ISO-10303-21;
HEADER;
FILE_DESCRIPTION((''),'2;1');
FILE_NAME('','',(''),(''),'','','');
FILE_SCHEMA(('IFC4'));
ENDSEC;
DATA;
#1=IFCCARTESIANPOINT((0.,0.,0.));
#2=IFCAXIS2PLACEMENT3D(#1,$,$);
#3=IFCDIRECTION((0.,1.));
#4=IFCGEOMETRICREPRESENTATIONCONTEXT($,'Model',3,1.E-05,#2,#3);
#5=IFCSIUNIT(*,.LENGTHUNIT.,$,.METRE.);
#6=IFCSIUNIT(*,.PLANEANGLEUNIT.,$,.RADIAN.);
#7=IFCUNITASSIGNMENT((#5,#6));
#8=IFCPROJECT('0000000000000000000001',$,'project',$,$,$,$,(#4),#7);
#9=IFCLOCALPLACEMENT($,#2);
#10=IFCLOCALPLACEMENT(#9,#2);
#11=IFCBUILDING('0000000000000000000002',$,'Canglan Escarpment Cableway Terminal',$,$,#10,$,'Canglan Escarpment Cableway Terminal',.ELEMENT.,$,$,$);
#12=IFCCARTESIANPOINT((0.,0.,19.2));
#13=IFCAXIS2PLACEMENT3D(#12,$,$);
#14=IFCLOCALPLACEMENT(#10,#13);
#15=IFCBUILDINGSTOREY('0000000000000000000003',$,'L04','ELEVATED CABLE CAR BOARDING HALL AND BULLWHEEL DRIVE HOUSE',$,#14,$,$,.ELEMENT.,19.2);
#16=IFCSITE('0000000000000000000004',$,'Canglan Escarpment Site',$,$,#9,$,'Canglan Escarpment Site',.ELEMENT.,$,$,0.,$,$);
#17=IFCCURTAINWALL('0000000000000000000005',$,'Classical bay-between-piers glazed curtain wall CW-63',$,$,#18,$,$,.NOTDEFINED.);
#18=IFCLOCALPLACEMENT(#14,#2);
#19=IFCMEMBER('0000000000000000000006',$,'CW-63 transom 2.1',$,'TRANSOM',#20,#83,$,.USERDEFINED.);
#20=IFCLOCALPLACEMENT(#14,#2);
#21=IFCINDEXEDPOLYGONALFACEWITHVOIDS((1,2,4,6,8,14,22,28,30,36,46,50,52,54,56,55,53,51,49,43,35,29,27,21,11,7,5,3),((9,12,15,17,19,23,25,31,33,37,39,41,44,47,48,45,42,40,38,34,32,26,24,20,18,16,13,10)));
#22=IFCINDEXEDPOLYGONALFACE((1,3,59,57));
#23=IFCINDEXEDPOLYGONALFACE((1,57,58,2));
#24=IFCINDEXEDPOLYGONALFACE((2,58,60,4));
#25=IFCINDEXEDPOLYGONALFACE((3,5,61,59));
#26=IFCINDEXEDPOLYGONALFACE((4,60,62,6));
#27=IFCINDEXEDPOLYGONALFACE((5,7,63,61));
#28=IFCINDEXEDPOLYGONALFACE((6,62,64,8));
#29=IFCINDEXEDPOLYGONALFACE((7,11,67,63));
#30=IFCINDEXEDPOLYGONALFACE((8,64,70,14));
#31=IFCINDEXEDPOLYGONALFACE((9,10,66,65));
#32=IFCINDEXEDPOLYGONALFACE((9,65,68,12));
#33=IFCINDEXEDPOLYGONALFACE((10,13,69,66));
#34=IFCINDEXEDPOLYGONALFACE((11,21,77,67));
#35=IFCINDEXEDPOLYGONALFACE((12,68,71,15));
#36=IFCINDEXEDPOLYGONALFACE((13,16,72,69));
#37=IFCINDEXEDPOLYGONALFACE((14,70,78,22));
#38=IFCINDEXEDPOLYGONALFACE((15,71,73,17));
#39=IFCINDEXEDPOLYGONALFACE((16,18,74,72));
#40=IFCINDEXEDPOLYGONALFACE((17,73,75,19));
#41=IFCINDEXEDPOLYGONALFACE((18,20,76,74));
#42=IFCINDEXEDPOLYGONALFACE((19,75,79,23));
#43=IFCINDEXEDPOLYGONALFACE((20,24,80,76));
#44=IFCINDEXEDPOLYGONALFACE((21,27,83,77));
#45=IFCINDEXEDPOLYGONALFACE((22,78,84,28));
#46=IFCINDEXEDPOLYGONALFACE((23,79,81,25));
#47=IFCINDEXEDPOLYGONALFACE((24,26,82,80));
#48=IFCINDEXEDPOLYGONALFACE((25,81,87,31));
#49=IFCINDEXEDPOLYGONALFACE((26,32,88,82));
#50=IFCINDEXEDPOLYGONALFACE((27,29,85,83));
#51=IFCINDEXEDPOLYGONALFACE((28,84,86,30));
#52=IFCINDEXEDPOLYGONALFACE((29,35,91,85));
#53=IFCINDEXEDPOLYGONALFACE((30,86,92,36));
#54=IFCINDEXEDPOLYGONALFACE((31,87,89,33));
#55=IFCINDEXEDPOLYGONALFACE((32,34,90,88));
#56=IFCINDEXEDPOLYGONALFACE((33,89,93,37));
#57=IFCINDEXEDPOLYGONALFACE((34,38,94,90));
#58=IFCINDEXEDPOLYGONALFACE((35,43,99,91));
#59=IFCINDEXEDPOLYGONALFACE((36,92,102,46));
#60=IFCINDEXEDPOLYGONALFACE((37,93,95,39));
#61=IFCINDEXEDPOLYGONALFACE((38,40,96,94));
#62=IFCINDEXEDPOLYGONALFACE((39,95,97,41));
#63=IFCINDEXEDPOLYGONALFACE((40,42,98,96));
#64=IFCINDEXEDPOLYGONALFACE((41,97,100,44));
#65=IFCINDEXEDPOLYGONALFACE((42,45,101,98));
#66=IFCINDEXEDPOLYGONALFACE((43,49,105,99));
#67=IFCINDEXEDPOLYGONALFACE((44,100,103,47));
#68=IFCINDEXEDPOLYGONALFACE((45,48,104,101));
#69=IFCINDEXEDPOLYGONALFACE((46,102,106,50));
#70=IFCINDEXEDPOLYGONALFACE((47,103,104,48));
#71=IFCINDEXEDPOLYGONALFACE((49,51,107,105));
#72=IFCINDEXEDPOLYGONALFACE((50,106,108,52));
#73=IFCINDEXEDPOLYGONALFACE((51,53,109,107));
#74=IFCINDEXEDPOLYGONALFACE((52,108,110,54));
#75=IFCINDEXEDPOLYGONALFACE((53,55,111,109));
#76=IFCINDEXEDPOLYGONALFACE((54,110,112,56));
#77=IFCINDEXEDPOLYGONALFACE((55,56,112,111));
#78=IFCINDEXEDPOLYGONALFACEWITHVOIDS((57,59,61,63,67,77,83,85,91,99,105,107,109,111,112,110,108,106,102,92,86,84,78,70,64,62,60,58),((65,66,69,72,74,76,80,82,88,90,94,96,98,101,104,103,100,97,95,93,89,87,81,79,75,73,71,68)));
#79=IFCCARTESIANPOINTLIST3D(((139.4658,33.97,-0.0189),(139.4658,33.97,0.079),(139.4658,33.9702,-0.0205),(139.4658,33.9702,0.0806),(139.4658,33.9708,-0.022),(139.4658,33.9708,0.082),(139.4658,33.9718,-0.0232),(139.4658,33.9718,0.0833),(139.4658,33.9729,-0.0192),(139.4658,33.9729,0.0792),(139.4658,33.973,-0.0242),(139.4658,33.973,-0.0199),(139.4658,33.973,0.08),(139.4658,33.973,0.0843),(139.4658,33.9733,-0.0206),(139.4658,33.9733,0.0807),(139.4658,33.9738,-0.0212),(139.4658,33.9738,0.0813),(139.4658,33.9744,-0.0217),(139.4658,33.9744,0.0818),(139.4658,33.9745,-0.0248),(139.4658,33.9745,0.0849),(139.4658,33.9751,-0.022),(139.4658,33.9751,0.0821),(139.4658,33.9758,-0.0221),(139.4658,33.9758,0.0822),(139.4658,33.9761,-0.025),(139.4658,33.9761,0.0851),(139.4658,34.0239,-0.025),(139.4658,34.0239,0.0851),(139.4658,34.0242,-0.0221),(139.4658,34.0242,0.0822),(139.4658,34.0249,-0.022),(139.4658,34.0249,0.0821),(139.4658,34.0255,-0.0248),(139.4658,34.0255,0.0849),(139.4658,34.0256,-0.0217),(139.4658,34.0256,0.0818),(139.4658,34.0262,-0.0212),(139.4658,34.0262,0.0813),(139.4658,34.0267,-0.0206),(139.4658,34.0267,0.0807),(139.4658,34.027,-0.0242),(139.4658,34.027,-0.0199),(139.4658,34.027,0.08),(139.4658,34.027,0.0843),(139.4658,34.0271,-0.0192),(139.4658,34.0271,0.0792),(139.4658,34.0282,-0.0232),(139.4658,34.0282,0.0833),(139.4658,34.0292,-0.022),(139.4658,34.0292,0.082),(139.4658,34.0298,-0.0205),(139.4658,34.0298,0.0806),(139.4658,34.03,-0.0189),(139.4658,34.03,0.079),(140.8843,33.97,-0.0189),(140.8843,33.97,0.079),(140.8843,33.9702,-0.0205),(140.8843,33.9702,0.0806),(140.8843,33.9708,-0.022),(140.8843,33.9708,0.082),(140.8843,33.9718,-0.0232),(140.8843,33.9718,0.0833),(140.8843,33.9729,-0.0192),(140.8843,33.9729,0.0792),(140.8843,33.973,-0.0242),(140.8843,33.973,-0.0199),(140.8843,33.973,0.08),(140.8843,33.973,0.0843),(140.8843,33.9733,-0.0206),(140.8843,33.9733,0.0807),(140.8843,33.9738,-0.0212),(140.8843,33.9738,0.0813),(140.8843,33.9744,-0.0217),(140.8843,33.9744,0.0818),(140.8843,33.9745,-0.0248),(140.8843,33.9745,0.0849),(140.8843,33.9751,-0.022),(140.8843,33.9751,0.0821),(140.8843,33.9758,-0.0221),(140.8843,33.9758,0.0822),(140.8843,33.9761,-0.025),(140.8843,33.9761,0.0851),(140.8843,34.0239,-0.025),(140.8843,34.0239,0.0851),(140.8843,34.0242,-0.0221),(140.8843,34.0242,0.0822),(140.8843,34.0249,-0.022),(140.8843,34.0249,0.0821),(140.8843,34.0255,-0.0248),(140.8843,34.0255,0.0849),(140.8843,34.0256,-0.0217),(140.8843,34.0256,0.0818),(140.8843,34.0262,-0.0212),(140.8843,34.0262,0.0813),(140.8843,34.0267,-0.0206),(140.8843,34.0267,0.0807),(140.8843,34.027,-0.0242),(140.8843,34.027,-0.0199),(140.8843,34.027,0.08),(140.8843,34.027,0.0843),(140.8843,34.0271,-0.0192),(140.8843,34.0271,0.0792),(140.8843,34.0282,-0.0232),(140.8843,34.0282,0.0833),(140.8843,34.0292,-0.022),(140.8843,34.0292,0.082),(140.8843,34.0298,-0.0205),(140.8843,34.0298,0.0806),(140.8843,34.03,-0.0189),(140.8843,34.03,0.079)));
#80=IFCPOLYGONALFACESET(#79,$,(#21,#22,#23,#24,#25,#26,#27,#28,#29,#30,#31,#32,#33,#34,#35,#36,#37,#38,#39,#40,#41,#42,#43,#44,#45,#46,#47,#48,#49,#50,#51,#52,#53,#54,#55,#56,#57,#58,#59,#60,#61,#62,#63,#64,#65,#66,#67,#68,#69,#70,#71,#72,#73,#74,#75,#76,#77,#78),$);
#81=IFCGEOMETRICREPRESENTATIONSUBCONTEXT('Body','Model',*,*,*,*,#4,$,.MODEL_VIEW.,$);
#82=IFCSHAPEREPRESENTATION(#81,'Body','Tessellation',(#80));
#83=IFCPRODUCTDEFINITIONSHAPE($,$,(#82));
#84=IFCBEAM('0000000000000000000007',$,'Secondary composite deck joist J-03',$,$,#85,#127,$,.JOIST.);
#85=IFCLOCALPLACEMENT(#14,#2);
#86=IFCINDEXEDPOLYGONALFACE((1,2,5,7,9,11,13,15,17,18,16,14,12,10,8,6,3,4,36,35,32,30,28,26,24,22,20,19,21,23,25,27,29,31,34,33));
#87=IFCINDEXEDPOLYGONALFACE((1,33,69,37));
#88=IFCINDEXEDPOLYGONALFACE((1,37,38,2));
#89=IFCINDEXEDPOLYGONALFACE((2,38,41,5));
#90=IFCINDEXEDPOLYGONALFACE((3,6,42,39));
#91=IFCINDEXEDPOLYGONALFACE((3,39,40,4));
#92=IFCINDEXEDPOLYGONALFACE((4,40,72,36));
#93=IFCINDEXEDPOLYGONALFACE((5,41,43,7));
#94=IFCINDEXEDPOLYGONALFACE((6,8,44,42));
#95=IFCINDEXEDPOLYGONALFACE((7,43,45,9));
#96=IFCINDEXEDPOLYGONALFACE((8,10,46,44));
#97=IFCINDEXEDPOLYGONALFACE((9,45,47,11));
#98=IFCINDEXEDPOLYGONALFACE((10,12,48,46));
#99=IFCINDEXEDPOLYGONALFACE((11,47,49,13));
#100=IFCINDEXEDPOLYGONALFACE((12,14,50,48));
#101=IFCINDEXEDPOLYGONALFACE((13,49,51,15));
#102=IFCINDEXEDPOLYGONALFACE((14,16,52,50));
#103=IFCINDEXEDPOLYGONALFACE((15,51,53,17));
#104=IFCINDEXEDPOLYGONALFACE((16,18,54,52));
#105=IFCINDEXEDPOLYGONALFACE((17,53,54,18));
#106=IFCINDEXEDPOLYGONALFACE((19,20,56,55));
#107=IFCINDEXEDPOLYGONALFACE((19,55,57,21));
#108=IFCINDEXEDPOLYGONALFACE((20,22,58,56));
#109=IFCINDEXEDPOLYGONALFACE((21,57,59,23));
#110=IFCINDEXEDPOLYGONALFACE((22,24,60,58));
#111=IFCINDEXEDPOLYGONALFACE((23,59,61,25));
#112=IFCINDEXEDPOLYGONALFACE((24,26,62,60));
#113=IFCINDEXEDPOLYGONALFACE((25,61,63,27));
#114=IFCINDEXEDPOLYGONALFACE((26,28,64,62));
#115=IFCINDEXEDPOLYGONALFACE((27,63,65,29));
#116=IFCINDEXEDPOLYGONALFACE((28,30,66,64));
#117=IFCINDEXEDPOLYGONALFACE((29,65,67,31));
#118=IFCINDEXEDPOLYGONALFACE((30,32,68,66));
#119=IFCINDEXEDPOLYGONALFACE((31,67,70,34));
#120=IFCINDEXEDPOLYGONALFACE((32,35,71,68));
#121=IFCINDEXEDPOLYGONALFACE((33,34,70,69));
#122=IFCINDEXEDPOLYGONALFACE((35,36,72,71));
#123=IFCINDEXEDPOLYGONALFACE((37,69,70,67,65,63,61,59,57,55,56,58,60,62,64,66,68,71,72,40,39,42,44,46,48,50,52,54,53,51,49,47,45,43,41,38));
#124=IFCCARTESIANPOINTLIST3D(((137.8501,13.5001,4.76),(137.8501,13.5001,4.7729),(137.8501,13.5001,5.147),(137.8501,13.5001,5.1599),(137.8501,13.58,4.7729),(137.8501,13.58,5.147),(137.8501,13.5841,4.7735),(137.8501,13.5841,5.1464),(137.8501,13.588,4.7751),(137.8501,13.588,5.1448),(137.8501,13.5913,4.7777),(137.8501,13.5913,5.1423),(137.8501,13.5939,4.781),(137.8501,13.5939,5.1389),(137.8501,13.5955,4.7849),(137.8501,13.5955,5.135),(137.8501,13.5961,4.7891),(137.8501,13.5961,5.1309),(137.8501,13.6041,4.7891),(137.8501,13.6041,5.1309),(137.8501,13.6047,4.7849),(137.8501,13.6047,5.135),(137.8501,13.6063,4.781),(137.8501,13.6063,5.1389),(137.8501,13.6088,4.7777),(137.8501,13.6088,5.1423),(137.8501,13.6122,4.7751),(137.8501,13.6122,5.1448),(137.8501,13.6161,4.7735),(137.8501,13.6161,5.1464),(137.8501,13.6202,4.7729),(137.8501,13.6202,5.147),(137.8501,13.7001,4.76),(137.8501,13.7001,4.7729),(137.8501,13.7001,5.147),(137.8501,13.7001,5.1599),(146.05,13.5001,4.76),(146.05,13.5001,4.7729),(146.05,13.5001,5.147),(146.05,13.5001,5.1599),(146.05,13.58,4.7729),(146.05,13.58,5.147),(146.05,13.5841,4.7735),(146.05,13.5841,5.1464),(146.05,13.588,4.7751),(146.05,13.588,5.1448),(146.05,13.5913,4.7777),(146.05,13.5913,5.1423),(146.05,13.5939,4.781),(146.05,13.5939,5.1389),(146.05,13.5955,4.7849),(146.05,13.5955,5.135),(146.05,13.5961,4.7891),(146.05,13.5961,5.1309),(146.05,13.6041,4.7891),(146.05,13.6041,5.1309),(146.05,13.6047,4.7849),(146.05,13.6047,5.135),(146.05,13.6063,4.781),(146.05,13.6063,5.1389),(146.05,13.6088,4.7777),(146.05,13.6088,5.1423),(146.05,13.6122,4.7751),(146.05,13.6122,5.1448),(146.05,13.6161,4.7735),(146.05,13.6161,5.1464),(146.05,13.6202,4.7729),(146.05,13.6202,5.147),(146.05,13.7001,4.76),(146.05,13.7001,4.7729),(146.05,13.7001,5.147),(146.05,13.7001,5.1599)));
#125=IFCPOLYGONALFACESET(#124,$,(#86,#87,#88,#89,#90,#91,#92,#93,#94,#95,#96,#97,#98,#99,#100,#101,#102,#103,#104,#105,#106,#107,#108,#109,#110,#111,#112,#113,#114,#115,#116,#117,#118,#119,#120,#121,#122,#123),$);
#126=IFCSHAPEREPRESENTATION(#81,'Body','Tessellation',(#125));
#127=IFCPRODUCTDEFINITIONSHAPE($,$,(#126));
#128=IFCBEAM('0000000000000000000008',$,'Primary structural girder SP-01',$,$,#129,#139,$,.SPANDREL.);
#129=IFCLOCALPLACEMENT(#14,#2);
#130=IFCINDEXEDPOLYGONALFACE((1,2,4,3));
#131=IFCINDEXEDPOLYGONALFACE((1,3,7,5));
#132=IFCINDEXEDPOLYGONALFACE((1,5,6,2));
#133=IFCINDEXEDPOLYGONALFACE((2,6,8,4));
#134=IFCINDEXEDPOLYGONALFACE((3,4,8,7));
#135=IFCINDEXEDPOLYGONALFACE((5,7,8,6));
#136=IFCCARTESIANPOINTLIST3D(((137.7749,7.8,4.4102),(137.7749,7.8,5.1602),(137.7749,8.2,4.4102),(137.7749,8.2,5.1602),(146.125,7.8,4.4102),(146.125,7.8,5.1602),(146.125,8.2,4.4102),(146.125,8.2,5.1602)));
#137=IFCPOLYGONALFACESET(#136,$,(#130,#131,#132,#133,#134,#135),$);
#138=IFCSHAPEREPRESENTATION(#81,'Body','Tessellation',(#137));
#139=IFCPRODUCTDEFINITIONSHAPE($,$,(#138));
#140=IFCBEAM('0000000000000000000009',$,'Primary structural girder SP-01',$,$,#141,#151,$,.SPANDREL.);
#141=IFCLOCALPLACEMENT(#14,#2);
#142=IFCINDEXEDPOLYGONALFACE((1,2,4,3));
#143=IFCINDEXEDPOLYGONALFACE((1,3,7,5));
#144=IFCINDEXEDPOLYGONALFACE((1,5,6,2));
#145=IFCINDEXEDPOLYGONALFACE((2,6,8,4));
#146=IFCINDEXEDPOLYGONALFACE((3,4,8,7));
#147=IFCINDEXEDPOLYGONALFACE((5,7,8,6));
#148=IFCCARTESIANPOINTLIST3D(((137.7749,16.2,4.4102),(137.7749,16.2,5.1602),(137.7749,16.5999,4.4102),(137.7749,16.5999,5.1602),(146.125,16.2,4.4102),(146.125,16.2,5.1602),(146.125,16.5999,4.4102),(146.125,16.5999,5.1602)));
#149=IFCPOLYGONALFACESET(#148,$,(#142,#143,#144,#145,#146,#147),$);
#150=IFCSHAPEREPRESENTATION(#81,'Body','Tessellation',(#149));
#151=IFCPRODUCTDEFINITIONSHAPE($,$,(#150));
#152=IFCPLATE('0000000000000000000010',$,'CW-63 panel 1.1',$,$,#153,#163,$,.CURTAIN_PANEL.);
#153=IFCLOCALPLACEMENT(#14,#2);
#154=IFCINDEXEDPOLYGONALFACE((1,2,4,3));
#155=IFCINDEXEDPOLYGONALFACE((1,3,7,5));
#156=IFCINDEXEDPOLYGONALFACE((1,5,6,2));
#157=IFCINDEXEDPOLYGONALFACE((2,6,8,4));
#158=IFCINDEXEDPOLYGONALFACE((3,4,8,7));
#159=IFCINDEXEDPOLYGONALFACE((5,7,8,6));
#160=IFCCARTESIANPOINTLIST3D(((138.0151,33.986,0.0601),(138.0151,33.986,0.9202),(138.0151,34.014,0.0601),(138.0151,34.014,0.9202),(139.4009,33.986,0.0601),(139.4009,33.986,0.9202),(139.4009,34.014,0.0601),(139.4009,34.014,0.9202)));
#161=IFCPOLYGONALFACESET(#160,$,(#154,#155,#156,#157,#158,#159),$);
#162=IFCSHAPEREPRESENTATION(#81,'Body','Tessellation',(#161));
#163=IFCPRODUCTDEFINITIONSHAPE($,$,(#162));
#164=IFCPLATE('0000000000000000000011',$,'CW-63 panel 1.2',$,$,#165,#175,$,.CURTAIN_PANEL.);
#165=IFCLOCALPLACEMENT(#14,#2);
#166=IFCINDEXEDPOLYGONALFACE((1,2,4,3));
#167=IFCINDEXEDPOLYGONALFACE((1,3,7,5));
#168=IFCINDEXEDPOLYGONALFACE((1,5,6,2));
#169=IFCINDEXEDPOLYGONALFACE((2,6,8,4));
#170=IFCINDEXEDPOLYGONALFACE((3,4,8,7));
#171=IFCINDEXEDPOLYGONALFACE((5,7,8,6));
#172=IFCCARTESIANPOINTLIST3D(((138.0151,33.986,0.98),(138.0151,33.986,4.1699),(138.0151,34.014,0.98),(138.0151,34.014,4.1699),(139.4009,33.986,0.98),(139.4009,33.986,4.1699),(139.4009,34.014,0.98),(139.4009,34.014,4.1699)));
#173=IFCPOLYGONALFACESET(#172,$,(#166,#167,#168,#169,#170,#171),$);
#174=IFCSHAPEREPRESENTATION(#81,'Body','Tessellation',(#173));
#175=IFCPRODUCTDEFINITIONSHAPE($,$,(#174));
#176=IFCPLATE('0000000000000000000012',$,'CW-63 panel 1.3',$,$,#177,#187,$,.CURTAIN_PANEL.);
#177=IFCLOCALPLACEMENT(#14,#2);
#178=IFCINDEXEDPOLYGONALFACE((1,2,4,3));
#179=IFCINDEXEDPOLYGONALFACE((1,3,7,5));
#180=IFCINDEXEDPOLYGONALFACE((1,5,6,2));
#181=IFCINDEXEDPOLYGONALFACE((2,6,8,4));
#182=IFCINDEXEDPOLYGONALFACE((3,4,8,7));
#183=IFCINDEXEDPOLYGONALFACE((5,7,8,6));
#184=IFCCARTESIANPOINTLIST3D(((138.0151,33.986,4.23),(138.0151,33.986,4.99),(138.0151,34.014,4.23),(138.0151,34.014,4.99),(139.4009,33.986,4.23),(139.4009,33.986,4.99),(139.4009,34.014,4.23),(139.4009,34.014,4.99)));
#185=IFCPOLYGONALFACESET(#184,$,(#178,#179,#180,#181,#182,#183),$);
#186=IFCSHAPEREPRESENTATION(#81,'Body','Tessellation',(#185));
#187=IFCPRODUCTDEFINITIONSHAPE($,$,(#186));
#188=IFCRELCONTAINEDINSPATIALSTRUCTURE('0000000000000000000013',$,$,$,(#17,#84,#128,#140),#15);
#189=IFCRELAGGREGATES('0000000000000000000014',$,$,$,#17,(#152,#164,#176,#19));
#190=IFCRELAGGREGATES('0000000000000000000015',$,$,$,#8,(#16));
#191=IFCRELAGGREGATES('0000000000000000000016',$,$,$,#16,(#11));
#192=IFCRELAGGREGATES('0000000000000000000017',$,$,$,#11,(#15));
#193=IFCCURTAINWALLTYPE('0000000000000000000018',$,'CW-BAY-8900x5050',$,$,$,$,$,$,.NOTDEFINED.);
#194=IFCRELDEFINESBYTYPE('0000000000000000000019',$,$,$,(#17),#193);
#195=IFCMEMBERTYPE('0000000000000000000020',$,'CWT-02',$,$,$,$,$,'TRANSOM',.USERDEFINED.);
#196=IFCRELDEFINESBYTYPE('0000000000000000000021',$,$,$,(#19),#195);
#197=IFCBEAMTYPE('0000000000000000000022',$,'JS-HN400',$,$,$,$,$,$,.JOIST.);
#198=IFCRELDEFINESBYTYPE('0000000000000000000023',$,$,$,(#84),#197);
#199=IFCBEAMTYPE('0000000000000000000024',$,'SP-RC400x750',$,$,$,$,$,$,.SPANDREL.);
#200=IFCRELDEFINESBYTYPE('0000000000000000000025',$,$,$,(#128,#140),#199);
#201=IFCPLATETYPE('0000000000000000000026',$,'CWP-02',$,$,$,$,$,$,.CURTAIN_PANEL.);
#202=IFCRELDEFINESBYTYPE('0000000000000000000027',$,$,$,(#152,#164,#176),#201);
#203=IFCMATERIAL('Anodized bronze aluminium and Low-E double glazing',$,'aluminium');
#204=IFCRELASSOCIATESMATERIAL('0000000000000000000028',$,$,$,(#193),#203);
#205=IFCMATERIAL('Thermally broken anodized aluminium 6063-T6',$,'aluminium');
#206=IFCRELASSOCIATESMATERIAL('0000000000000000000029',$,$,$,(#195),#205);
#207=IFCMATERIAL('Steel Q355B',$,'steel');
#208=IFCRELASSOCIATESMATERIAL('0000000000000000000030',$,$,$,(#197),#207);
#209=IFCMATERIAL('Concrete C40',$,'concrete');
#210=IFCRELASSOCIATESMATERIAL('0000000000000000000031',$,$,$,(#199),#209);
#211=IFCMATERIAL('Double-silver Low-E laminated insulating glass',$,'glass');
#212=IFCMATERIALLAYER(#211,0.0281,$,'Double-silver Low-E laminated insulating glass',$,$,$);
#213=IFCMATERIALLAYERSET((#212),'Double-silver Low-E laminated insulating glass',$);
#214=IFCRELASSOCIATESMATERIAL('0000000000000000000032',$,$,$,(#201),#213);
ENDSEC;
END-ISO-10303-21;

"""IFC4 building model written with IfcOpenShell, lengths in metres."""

from ifc_helpers import new_model, si_unit, direction, frame, origin, origin_2d, place, context, subcontext, project, spatial, rectangle, hollow_rectangle, i_section, extrude, material, layer, layer_set, material_profile, profile_set, type_object, element, aggregate, save


model = new_model("IFC4")

# Units and contexts
model_context = context("Model", 3, precision=1e-05, world=origin(), true_north=direction((0.0, 1.0)))
body_context = subcontext(model_context, "Body", "Model", "MODEL_VIEW")
ifc_project = project(units=[si_unit("LENGTHUNIT", "METRE"), si_unit("PLANEANGLEUNIT", "RADIAN")], contexts=[model_context])

# Site, building, storey
site_placement = place(None, origin())
site = spatial("IfcSite", under=ifc_project, at=site_placement, Name="Canglan Escarpment Site", LongName="Canglan Escarpment Site", CompositionType="ELEMENT", RefElevation=0.0)
building_placement = place(site_placement, origin())
building = spatial("IfcBuilding", under=site, at=building_placement, Name="Canglan Escarpment Cableway Terminal", LongName="Canglan Escarpment Cableway Terminal", CompositionType="ELEMENT")
storey_placement = place(building_placement, frame((0.0, 0.0, 19.2)))
storey = spatial("IfcBuildingStorey", under=building, at=storey_placement, Name="L04", Description="ELEVATED CABLE CAR BOARDING HALL AND BULLWHEEL DRIVE HOUSE", CompositionType="ELEMENT", Elevation=19.2)

# Shared definitions
ifc_material_1 = material(Name="Concrete C40", Category="concrete")

# Curtain wall, member
ifc_material_2 = material(Name="Anodized bronze aluminium and Low-E double glazing", Category="aluminium")
curtain_wall_type = type_object("IfcCurtainWallType", Name="CW-BAY-8900x5050", PredefinedType="NOTDEFINED", material=ifc_material_2)
curtain_wall_placement = place(storey_placement, origin())
curtain_wall = element("IfcCurtainWall", 1, at=curtain_wall_placement, inside=storey, type_object=curtain_wall_type, Name="Classical bay-between-piers glazed curtain wall CW-63", PredefinedType="NOTDEFINED")
ifc_material_3 = material(Name="Thermally broken anodized aluminium 6063-T6", Category="aluminium")
ifc_material_profile_1 = material_profile(ifc_material_3, hollow_rectangle(XDim=0.0601, YDim=0.1101, WallThickness=0.0029, InnerFilletRadius=0.0029, OuterFilletRadius=0.0061, at=origin_2d()), Name="ALU-TRAN 60x110x3")
ifc_profile_set_1 = profile_set([ifc_material_profile_1], Name="Thermally broken anodized aluminium 6063-T6")
member_type_1 = type_object("IfcMemberType", Name="CWT-02", ElementType="TRANSOM", PredefinedType="USERDEFINED", material=ifc_profile_set_1)
member_1_placement = place(storey_placement, frame((139.4658, 34.0, 0.03), z_axis=(1.0, 0.0, 0.0), x_axis=(0.0, 1.0, 0.0)))
member_1 = element("IfcMember", 2, at=member_1_placement, type_object=member_type_1, Name="CW-63 transom 2.1", ObjectType="TRANSOM", PredefinedType="USERDEFINED", context=body_context, shape_type="SweptSolid", body=[
    extrude(hollow_rectangle(XDim=0.0601, YDim=0.1101, WallThickness=0.0029, InnerFilletRadius=0.0029, OuterFilletRadius=0.0061, at=origin_2d()), origin(), (0.0, 0.0, 1.0), 1.4185),
])

# Beams
ifc_material_4 = material(Name="Steel Q355B", Category="steel")
ifc_material_profile_2 = material_profile(ifc_material_4, i_section(OverallWidth=0.2, OverallDepth=0.3999, WebThickness=0.0081, FlangeThickness=0.0129, FilletRadius=0.0161, at=origin_2d()), Name="HN 400x200x8x13")
ifc_profile_set_2 = profile_set([ifc_material_profile_2], Name="Steel Q355B")
beam_type_1 = type_object("IfcBeamType", Name="JS-HN400", PredefinedType="JOIST", material=ifc_profile_set_2)
beam_1_placement = place(storey_placement, frame((137.8501, 13.6001, 4.96), z_axis=(1.0, 0.0, 0.0), x_axis=(0.0, 1.0, 0.0)))
element("IfcBeam", 3, at=beam_1_placement, inside=storey, type_object=beam_type_1, Name="Secondary composite deck joist J-03", PredefinedType="JOIST", context=body_context, shape_type="SweptSolid", body=[
    extrude(i_section(OverallWidth=0.2, OverallDepth=0.3999, WebThickness=0.0081, FlangeThickness=0.0129, FilletRadius=0.0161, at=origin_2d()), origin(), (0.0, 0.0, 1.0), 8.2),
])
ifc_material_profile_3 = material_profile(ifc_material_1, rectangle(XDim=0.3999, YDim=0.75, at=origin_2d()), Name="RC 400x750")
ifc_profile_set_3 = profile_set([ifc_material_profile_3], Name="Concrete C40")
beam_type_2 = type_object("IfcBeamType", Name="SP-RC400x750", PredefinedType="SPANDREL", material=ifc_profile_set_3)
for number, where, z_axis, x_axis, name in (
    (4, (137.7749, 8.0, 4.7852), (1.0, 0.0, 0.0), (0.0, 1.0, 0.0), "Primary structural girder SP-01"),
    (5, (137.7749, 16.3999, 4.7852), (1.0, 0.0, 0.0), (0.0, 1.0, 0.0), "Primary structural girder SP-01"),
):
    element("IfcBeam", number, at=place(storey_placement, frame(where, z_axis=z_axis, x_axis=x_axis)), inside=storey, type_object=beam_type_2, Name=name, PredefinedType="SPANDREL", context=body_context, shape_type="SweptSolid", body=[
        extrude(rectangle(XDim=0.3999, YDim=0.75, at=origin_2d()), origin(), (0.0, 0.0, 1.0), 8.3501),
    ])

# Plates
ifc_material_5 = material(Name="Double-silver Low-E laminated insulating glass", Category="glass")
ifc_layer_1 = layer(ifc_material_5, 0.0281, Name="Double-silver Low-E laminated insulating glass")
ifc_layer_set_1 = layer_set([ifc_layer_1], Name="Double-silver Low-E laminated insulating glass")
plate_type = type_object("IfcPlateType", Name="CWP-02", PredefinedType="CURTAIN_PANEL", material=ifc_layer_set_1)
plate_1_placement = place(storey_placement, frame((138.708, 34.0, 0.0601), z_axis=(0.0, 0.0, 1.0), x_axis=(1.0, 0.0, 0.0)))
plate_1 = element("IfcPlate", 6, at=plate_1_placement, type_object=plate_type, Name="CW-63 panel 1.1", PredefinedType="CURTAIN_PANEL", context=body_context, shape_type="SweptSolid", body=[
    extrude(rectangle(XDim=1.3857, YDim=0.0281, at=origin_2d()), origin(), (0.0, 0.0, 1.0), 0.8601),
])
plate_2_placement = place(storey_placement, frame((138.708, 34.0, 0.98), z_axis=(0.0, 0.0, 1.0), x_axis=(1.0, 0.0, 0.0)))
plate_2 = element("IfcPlate", 7, at=plate_2_placement, type_object=plate_type, Name="CW-63 panel 1.2", PredefinedType="CURTAIN_PANEL", context=body_context, shape_type="SweptSolid", body=[
    extrude(rectangle(XDim=1.3857, YDim=0.0281, at=origin_2d()), origin(), (0.0, 0.0, 1.0), 3.1899),
])
plate_3_placement = place(storey_placement, frame((138.708, 34.0, 4.23), z_axis=(0.0, 0.0, 1.0), x_axis=(1.0, 0.0, 0.0)))
plate_3 = element("IfcPlate", 8, at=plate_3_placement, type_object=plate_type, Name="CW-63 panel 1.3", PredefinedType="CURTAIN_PANEL", context=body_context, shape_type="SweptSolid", body=[
    extrude(rectangle(XDim=1.3857, YDim=0.0281, at=origin_2d()), origin(), (0.0, 0.0, 1.0), 0.76),
])
aggregate(curtain_wall, [plate_1, plate_2, plate_3, member_1])

save(model, "model.ifc")
